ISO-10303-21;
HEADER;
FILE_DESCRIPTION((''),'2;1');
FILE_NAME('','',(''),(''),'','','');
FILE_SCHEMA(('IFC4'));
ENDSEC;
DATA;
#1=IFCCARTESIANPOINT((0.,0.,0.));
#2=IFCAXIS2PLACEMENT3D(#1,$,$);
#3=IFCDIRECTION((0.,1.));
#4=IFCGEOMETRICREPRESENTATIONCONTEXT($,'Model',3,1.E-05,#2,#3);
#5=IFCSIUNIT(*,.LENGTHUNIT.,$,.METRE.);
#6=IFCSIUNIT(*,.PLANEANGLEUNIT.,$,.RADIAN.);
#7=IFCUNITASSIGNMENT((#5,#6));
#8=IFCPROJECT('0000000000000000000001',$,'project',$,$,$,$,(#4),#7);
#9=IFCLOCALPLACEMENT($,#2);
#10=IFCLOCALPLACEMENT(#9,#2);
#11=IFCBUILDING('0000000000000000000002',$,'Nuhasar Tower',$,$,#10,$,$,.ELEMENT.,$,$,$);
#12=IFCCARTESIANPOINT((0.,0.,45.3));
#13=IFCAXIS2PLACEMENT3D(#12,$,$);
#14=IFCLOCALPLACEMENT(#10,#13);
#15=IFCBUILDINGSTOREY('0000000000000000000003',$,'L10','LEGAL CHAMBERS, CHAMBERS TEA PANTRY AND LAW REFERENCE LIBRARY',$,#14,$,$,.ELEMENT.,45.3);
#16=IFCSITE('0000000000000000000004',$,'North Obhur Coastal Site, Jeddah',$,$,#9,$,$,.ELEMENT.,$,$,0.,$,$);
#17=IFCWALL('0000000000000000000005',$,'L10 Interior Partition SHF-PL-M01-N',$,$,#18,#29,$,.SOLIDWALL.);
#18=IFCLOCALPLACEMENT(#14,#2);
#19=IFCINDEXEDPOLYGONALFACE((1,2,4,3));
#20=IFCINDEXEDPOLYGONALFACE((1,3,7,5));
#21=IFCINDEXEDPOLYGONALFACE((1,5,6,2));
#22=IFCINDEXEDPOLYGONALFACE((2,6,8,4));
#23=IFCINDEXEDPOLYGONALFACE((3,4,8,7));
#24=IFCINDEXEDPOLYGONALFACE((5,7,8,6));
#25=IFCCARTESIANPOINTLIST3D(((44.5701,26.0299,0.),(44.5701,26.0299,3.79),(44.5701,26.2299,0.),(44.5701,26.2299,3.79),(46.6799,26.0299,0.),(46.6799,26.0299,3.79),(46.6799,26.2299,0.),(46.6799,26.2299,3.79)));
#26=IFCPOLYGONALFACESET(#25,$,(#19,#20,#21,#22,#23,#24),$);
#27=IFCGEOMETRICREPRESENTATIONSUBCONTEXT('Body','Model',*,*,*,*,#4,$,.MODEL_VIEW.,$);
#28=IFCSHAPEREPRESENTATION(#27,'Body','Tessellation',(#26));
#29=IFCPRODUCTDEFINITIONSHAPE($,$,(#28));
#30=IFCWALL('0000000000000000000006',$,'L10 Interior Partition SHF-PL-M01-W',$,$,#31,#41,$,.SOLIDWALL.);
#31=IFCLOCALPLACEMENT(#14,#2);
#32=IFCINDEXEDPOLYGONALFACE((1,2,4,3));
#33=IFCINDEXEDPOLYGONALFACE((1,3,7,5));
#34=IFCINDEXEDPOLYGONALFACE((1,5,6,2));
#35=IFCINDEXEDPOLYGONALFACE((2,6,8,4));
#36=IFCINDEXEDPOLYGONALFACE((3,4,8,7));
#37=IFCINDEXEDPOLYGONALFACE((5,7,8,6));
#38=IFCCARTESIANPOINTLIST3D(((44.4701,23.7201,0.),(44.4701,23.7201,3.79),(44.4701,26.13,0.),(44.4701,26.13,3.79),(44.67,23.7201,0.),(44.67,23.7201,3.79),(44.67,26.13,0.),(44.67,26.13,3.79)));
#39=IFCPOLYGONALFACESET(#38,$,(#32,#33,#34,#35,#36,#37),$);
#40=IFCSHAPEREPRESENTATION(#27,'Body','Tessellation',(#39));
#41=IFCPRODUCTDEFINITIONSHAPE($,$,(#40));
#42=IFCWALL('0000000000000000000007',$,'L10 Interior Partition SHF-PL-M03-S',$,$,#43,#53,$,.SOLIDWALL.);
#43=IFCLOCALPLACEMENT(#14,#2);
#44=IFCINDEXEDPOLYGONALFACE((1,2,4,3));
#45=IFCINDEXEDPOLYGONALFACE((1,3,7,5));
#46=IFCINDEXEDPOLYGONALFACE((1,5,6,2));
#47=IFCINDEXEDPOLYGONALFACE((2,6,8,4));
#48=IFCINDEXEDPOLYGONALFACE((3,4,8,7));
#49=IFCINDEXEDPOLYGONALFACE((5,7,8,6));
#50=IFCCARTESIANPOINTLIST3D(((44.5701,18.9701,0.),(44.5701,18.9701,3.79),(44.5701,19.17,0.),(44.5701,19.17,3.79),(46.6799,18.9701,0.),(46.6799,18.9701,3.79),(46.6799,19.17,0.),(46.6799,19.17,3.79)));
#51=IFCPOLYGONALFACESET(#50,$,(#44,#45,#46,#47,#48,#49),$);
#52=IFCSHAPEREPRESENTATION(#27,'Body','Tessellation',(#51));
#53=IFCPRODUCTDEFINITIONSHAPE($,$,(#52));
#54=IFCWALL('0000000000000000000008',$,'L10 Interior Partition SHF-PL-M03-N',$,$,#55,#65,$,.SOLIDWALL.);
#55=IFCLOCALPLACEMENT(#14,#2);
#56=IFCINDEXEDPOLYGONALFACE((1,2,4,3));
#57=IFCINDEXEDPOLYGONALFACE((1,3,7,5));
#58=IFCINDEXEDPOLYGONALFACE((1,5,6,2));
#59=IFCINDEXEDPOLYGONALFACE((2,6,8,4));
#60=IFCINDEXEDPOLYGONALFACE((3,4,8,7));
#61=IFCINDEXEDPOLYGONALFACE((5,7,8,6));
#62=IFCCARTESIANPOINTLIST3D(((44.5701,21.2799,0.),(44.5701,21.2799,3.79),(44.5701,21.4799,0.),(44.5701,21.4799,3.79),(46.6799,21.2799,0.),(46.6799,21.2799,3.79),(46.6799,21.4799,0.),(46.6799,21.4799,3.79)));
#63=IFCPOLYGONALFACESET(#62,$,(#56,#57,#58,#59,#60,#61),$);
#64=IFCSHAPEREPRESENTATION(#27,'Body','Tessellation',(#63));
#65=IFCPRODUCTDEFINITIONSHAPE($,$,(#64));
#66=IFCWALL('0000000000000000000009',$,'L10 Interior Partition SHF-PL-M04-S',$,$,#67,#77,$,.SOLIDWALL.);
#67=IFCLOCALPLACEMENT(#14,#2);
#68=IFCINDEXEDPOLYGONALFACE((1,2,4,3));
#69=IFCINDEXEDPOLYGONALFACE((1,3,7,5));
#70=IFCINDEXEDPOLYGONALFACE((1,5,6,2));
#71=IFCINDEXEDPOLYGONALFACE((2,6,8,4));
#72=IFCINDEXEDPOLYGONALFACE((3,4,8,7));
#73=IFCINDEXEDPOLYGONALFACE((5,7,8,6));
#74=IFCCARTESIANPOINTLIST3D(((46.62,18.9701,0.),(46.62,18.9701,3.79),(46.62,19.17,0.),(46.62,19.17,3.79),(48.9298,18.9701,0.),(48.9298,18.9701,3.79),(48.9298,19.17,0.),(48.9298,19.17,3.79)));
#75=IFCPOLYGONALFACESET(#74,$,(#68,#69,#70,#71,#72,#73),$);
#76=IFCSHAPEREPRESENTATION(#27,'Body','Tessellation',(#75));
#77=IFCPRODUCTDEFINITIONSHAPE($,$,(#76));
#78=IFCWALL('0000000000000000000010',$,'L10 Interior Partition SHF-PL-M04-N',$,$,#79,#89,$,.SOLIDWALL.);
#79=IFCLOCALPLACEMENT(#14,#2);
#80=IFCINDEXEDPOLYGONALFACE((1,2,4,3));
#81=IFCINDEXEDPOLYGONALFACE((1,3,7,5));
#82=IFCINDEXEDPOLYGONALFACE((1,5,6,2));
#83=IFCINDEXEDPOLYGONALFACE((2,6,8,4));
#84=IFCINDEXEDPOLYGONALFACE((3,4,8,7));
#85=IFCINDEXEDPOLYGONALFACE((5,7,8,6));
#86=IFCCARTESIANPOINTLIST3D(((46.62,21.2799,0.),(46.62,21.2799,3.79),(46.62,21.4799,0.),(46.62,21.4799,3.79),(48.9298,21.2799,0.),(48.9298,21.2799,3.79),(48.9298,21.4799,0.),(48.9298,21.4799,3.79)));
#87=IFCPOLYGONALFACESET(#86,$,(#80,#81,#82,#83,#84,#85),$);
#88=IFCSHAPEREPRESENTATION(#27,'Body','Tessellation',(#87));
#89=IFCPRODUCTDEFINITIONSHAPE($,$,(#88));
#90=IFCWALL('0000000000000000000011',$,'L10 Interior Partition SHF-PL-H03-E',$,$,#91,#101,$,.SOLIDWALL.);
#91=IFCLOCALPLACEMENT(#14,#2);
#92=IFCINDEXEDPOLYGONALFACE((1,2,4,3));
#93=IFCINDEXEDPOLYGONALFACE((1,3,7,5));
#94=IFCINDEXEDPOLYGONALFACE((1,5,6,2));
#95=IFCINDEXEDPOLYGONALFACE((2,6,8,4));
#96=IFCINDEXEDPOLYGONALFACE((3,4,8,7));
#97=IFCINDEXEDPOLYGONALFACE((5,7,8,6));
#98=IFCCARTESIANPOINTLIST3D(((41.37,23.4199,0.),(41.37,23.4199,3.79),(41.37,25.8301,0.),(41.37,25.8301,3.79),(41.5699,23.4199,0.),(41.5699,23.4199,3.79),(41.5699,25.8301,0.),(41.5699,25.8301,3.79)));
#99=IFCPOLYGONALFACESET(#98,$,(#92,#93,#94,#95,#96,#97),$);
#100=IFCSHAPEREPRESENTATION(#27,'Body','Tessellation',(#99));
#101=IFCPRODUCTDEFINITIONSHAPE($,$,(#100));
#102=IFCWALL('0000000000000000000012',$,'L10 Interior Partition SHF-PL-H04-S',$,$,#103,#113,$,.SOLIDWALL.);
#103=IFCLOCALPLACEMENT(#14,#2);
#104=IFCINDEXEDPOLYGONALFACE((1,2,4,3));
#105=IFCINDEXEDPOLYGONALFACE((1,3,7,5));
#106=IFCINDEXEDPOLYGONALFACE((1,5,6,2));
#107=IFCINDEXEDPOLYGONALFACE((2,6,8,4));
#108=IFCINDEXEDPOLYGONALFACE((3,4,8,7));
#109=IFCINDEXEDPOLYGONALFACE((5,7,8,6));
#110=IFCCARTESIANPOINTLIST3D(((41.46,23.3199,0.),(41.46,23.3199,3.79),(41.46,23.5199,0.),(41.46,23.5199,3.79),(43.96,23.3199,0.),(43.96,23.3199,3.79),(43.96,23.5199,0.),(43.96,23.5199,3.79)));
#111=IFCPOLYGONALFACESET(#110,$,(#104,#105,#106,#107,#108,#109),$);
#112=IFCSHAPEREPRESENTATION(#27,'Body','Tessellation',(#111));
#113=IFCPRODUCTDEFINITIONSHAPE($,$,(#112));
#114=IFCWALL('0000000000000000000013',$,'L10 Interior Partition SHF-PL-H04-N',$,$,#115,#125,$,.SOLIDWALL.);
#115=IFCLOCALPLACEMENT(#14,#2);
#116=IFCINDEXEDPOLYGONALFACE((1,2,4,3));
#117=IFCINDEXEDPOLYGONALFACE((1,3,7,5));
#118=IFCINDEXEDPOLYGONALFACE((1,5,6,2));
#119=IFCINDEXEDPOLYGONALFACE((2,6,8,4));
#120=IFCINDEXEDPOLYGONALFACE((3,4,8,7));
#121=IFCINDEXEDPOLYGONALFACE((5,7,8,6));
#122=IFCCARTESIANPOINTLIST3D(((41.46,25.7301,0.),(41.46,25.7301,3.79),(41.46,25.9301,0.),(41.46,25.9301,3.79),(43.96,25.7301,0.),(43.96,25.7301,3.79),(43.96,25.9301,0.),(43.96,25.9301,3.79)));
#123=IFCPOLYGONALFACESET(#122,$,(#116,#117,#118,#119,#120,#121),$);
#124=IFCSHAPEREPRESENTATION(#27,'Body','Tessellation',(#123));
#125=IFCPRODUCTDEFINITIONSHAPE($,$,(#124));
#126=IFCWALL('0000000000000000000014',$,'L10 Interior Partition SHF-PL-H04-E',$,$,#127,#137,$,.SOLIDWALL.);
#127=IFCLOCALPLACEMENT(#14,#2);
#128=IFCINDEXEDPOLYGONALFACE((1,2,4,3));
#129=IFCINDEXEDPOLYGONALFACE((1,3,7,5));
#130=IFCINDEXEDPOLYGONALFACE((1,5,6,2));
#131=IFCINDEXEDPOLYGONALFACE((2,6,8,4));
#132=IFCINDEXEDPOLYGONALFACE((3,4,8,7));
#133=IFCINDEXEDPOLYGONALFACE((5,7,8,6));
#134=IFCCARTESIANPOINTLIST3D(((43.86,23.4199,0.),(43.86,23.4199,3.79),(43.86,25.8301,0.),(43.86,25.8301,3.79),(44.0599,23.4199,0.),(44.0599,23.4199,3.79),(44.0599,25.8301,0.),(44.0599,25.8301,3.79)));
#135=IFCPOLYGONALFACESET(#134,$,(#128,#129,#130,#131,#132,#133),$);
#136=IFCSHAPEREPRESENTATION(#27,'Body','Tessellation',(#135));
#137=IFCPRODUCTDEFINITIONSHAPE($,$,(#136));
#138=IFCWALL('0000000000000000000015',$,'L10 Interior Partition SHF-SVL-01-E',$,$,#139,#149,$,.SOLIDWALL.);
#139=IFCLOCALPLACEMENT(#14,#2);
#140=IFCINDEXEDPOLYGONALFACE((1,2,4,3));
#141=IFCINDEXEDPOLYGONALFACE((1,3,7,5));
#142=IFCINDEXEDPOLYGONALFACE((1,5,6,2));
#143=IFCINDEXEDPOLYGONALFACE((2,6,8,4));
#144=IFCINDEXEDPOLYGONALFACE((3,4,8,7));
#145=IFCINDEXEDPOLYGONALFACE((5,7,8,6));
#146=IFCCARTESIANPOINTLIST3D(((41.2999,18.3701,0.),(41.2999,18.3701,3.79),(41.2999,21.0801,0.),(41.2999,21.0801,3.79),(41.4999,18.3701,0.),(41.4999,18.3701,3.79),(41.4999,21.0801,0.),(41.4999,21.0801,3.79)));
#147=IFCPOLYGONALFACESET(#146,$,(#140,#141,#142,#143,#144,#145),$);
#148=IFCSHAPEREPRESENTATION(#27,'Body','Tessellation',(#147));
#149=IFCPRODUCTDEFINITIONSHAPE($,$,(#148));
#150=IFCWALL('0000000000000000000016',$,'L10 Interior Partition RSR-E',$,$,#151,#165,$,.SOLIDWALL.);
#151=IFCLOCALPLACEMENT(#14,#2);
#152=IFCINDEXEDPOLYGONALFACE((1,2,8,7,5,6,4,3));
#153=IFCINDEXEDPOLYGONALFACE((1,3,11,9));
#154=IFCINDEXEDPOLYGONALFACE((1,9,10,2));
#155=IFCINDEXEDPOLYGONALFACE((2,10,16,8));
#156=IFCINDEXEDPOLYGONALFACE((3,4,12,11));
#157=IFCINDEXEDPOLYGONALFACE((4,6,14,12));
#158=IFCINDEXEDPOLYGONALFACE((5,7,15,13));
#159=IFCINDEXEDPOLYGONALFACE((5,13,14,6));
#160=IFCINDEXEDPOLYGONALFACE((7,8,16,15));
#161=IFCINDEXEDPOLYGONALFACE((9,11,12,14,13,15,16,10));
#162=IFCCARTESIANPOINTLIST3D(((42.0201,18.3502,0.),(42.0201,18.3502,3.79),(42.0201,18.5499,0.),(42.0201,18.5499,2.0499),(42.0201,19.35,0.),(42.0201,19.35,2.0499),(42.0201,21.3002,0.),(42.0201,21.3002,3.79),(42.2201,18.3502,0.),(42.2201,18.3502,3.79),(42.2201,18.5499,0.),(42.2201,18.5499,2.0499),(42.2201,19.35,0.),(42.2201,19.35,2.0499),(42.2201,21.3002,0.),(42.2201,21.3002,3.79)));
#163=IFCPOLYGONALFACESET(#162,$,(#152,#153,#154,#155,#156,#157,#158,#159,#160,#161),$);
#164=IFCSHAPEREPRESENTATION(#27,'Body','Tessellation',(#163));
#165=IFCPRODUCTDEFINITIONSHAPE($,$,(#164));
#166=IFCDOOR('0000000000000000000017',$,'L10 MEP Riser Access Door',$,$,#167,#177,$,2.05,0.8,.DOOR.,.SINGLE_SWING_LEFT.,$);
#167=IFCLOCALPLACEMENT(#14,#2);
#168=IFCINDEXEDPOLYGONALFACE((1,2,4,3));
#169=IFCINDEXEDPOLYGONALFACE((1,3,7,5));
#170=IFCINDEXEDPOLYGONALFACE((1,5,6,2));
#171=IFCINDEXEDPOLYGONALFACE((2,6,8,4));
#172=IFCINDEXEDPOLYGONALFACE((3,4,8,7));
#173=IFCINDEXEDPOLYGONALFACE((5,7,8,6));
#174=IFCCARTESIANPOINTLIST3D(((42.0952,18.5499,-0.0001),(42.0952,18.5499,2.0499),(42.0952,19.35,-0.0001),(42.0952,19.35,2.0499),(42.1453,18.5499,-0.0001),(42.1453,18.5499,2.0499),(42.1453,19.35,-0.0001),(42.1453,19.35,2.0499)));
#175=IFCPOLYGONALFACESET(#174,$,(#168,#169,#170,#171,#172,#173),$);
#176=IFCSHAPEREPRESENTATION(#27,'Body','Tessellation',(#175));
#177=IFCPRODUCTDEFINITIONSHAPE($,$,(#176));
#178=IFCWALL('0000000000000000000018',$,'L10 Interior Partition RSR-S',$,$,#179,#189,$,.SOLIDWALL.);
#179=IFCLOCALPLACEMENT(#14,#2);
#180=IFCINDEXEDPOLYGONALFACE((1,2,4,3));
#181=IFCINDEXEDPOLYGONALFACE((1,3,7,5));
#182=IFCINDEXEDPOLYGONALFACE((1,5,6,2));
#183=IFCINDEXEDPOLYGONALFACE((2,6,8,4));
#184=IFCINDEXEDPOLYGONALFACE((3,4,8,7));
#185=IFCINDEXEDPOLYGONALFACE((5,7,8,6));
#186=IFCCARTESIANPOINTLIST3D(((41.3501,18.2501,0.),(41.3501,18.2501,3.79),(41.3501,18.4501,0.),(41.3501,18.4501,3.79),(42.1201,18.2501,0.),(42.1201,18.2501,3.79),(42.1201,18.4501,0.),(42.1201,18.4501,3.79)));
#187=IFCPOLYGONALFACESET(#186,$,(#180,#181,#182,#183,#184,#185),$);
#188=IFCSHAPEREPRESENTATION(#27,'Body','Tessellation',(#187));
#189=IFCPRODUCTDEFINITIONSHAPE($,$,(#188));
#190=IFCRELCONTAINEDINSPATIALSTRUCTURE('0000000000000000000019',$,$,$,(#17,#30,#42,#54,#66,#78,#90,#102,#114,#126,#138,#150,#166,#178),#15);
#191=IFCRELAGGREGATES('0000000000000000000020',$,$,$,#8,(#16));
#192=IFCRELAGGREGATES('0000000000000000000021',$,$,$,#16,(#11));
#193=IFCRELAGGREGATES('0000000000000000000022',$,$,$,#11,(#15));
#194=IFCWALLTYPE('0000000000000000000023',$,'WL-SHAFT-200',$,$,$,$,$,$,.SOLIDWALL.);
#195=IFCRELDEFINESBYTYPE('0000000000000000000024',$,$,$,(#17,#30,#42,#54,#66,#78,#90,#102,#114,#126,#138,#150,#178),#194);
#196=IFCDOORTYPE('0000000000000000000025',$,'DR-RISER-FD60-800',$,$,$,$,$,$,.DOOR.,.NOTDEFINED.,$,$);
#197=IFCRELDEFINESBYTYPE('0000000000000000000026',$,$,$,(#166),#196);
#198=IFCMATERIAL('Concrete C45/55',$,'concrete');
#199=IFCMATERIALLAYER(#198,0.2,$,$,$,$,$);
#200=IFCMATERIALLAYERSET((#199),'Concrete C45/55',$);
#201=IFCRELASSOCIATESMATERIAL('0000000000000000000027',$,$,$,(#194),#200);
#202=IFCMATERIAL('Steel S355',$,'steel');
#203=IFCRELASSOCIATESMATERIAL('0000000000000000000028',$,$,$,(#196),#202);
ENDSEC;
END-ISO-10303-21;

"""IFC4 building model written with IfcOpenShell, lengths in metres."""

from ifc_helpers import new_model, si_unit, direction, frame, frame_2d, origin, place, context, subcontext, project, spatial, rectangle, extrude, material, layer, layer_set, type_object, element, fill, save


model = new_model("IFC4")

# Units and contexts
model_context = context("Model", 3, precision=1e-05, world=origin(), true_north=direction((0.0, 1.0)))
body_context = subcontext(model_context, "Body", "Model", "MODEL_VIEW")
ifc_project = project(units=[si_unit("LENGTHUNIT", "METRE"), si_unit("PLANEANGLEUNIT", "RADIAN")], contexts=[model_context])

# Site, building, storey
site_placement = place(None, origin())
site = spatial("IfcSite", under=ifc_project, at=site_placement, Name="North Obhur Coastal Site, Jeddah", CompositionType="ELEMENT", RefElevation=0.0)
building_placement = place(site_placement, origin())
building = spatial("IfcBuilding", under=site, at=building_placement, Name="Nuhasar Tower", CompositionType="ELEMENT")
storey_placement = place(building_placement, frame((0.0, 0.0, 45.3)))
storey = spatial("IfcBuildingStorey", under=building, at=storey_placement, Name="L10", Description="LEGAL CHAMBERS, CHAMBERS TEA PANTRY AND LAW REFERENCE LIBRARY", CompositionType="ELEMENT", Elevation=45.3)

# Shared definitions
ifc_material_1 = material(Name="Steel S355", Category="steel")

# Shared definitions
ifc_material_2 = material(Name="Concrete C45/55", Category="concrete")

# Walls
ifc_layer_1 = layer(ifc_material_2, 0.2)
ifc_layer_set_1 = layer_set([ifc_layer_1], Name="Concrete C45/55")
wall_type_1 = type_object("IfcWallType", Name="WL-SHAFT-200", PredefinedType="SOLIDWALL", material=ifc_layer_set_1)
for number, where, z_axis, x_axis, name in (
    (1, (44.5701, 26.1299, 0.0), (0.0, 0.0, 1.0), (1.0, 0.0, 0.0), "L10 Interior Partition SHF-PL-M01-N"),
):
    element("IfcWall", number, at=place(storey_placement, frame(where, z_axis=z_axis, x_axis=x_axis)), inside=storey, type_object=wall_type_1, Name=name, PredefinedType="SOLIDWALL", context=body_context, shape_type="SweptSolid", body=[
        extrude(rectangle(XDim=2.1099, YDim=0.2, at=frame_2d((1.0549, 0.0))), origin(), (0.0, 0.0, 1.0), 3.79),
    ])
wall_1_placement = place(storey_placement, frame((44.5701, 23.72, 0.0), z_axis=(0.0, 0.0, 1.0), x_axis=(0.0, 1.0, 0.0)))
element("IfcWall", 2, at=wall_1_placement, inside=storey, type_object=wall_type_1, Name="L10 Interior Partition SHF-PL-M01-W", PredefinedType="SOLIDWALL", context=body_context, shape_type="SweptSolid", body=[
    extrude(rectangle(XDim=2.4099, YDim=0.2, at=frame_2d((1.2051, 0.0))), origin(), (0.0, 0.0, 1.0), 3.79),
])
for number, where, z_axis, x_axis, name in (
    (3, (44.5701, 19.0701, 0.0), (0.0, 0.0, 1.0), (1.0, 0.0, 0.0), "L10 Interior Partition SHF-PL-M03-S"),
    (4, (44.5701, 21.3799, 0.0), (0.0, 0.0, 1.0), (1.0, 0.0, 0.0), "L10 Interior Partition SHF-PL-M03-N"),
):
    element("IfcWall", number, at=place(storey_placement, frame(where, z_axis=z_axis, x_axis=x_axis)), inside=storey, type_object=wall_type_1, Name=name, PredefinedType="SOLIDWALL", context=body_context, shape_type="SweptSolid", body=[
        extrude(rectangle(XDim=2.1099, YDim=0.2, at=frame_2d((1.0549, 0.0))), origin(), (0.0, 0.0, 1.0), 3.79),
    ])
for number, where, z_axis, x_axis, name in (
    (5, (46.6201, 19.0701, 0.0), (0.0, 0.0, 1.0), (1.0, 0.0, 0.0), "L10 Interior Partition SHF-PL-M04-S"),
    (6, (46.6201, 21.3799, 0.0), (0.0, 0.0, 1.0), (1.0, 0.0, 0.0), "L10 Interior Partition SHF-PL-M04-N"),
):
    element("IfcWall", number, at=place(storey_placement, frame(where, z_axis=z_axis, x_axis=x_axis)), inside=storey, type_object=wall_type_1, Name=name, PredefinedType="SOLIDWALL", context=body_context, shape_type="SweptSolid", body=[
        extrude(rectangle(XDim=2.3098, YDim=0.2, at=frame_2d((1.1548, 0.0))), origin(), (0.0, 0.0, 1.0), 3.79),
    ])
wall_2_placement = place(storey_placement, frame((41.47, 23.4199, 0.0), z_axis=(0.0, 0.0, 1.0), x_axis=(0.0, 1.0, 0.0)))
element("IfcWall", 7, at=wall_2_placement, inside=storey, type_object=wall_type_1, Name="L10 Interior Partition SHF-PL-H03-E", PredefinedType="SOLIDWALL", context=body_context, shape_type="SweptSolid", body=[
    extrude(rectangle(XDim=2.4102, YDim=0.2, at=frame_2d((1.2051, 0.0))), origin(), (0.0, 0.0, 1.0), 3.79),
])
for number, where, z_axis, x_axis, name in (
    (8, (41.46, 23.4199, 0.0), (0.0, 0.0, 1.0), (1.0, 0.0, 0.0), "L10 Interior Partition SHF-PL-H04-S"),
    (9, (41.46, 25.8301, 0.0), (0.0, 0.0, 1.0), (1.0, 0.0, 0.0), "L10 Interior Partition SHF-PL-H04-N"),
):
    element("IfcWall", number, at=place(storey_placement, frame(where, z_axis=z_axis, x_axis=x_axis)), inside=storey, type_object=wall_type_1, Name=name, PredefinedType="SOLIDWALL", context=body_context, shape_type="SweptSolid", body=[
        extrude(rectangle(XDim=2.5, YDim=0.2, at=frame_2d((1.25, 0.0))), origin(), (0.0, 0.0, 1.0), 3.79),
    ])
wall_3_placement = place(storey_placement, frame((43.96, 23.4199, 0.0), z_axis=(0.0, 0.0, 1.0), x_axis=(0.0, 1.0, 0.0)))
element("IfcWall", 10, at=wall_3_placement, inside=storey, type_object=wall_type_1, Name="L10 Interior Partition SHF-PL-H04-E", PredefinedType="SOLIDWALL", context=body_context, shape_type="SweptSolid", body=[
    extrude(rectangle(XDim=2.4102, YDim=0.2, at=frame_2d((1.2051, 0.0))), origin(), (0.0, 0.0, 1.0), 3.79),
])
wall_4_placement = place(storey_placement, frame((41.3999, 18.3701, 0.0), z_axis=(0.0, 0.0, 1.0), x_axis=(0.0, 1.0, 0.0)))
element("IfcWall", 11, at=wall_4_placement, inside=storey, type_object=wall_type_1, Name="L10 Interior Partition SHF-SVL-01-E", PredefinedType="SOLIDWALL", context=body_context, shape_type="SweptSolid", body=[
    extrude(rectangle(XDim=2.71, YDim=0.2, at=frame_2d((1.355, 0.0))), origin(), (0.0, 0.0, 1.0), 3.79),
])

# Wall, opening, door
wall_5_placement = place(storey_placement, frame((42.1201, 18.3501, 0.0), z_axis=(0.0, 0.0, 1.0), x_axis=(0.0, 1.0, 0.0)))
wall_5 = element("IfcWall", 12, at=wall_5_placement, inside=storey, type_object=wall_type_1, Name="L10 Interior Partition RSR-E", PredefinedType="SOLIDWALL", context=body_context, shape_type="SweptSolid", body=[
    extrude(rectangle(XDim=2.95, YDim=0.2, at=frame_2d((1.4751, 0.0))), origin(), (0.0, 0.0, 1.0), 3.79),
])
opening_1_placement = place(wall_5_placement, frame((0.2, 0.0, 0.0)))
opening_1 = element("IfcOpeningElement", 13, at=opening_1_placement, cuts=wall_5, PredefinedType="OPENING", context=body_context, shape_type="SweptSolid", body=[
    extrude(rectangle(XDim=0.8, YDim=2.05, at=frame_2d((0.3999, 1.0249))), frame((0.0, 0.1099, 0.0), z_axis=(0.0, -1.0, 0.0), x_axis=(1.0, 0.0, 0.0)), (0.0, 0.0, 1.0), 0.22),
])
door_type_1 = type_object("IfcDoorType", Name="DR-RISER-FD60-800", OperationType="NOTDEFINED", PredefinedType="DOOR", material=ifc_material_1)
door_1_placement = place(opening_1_placement, origin())
door_1 = element("IfcDoor", 14, at=door_1_placement, inside=storey, type_object=door_type_1, Name="L10 MEP Riser Access Door", OperationType="SINGLE_SWING_LEFT", OverallHeight=2.05, OverallWidth=0.8, PredefinedType="DOOR", context=body_context, shape_type="SweptSolid", body=[
    extrude(rectangle(XDim=0.8, YDim=2.05, at=frame_2d((0.3999, 1.0249))), frame((0.0, 0.0249, 0.0), z_axis=(0.0, -1.0, 0.0), x_axis=(1.0, 0.0, 0.0)), (0.0, 0.0, 1.0), 0.05),
])
fill(opening_1, door_1)

# Wall
wall_6_placement = place(storey_placement, frame((41.3501, 18.3501, 0.0), z_axis=(0.0, 0.0, 1.0), x_axis=(1.0, 0.0, 0.0)))
element("IfcWall", 15, at=wall_6_placement, inside=storey, type_object=wall_type_1, Name="L10 Interior Partition RSR-S", PredefinedType="SOLIDWALL", context=body_context, shape_type="SweptSolid", body=[
    extrude(rectangle(XDim=0.77, YDim=0.2, at=frame_2d((0.385, 0.0))), origin(), (0.0, 0.0, 1.0), 3.79),
])

save(model, "model.ifc")
